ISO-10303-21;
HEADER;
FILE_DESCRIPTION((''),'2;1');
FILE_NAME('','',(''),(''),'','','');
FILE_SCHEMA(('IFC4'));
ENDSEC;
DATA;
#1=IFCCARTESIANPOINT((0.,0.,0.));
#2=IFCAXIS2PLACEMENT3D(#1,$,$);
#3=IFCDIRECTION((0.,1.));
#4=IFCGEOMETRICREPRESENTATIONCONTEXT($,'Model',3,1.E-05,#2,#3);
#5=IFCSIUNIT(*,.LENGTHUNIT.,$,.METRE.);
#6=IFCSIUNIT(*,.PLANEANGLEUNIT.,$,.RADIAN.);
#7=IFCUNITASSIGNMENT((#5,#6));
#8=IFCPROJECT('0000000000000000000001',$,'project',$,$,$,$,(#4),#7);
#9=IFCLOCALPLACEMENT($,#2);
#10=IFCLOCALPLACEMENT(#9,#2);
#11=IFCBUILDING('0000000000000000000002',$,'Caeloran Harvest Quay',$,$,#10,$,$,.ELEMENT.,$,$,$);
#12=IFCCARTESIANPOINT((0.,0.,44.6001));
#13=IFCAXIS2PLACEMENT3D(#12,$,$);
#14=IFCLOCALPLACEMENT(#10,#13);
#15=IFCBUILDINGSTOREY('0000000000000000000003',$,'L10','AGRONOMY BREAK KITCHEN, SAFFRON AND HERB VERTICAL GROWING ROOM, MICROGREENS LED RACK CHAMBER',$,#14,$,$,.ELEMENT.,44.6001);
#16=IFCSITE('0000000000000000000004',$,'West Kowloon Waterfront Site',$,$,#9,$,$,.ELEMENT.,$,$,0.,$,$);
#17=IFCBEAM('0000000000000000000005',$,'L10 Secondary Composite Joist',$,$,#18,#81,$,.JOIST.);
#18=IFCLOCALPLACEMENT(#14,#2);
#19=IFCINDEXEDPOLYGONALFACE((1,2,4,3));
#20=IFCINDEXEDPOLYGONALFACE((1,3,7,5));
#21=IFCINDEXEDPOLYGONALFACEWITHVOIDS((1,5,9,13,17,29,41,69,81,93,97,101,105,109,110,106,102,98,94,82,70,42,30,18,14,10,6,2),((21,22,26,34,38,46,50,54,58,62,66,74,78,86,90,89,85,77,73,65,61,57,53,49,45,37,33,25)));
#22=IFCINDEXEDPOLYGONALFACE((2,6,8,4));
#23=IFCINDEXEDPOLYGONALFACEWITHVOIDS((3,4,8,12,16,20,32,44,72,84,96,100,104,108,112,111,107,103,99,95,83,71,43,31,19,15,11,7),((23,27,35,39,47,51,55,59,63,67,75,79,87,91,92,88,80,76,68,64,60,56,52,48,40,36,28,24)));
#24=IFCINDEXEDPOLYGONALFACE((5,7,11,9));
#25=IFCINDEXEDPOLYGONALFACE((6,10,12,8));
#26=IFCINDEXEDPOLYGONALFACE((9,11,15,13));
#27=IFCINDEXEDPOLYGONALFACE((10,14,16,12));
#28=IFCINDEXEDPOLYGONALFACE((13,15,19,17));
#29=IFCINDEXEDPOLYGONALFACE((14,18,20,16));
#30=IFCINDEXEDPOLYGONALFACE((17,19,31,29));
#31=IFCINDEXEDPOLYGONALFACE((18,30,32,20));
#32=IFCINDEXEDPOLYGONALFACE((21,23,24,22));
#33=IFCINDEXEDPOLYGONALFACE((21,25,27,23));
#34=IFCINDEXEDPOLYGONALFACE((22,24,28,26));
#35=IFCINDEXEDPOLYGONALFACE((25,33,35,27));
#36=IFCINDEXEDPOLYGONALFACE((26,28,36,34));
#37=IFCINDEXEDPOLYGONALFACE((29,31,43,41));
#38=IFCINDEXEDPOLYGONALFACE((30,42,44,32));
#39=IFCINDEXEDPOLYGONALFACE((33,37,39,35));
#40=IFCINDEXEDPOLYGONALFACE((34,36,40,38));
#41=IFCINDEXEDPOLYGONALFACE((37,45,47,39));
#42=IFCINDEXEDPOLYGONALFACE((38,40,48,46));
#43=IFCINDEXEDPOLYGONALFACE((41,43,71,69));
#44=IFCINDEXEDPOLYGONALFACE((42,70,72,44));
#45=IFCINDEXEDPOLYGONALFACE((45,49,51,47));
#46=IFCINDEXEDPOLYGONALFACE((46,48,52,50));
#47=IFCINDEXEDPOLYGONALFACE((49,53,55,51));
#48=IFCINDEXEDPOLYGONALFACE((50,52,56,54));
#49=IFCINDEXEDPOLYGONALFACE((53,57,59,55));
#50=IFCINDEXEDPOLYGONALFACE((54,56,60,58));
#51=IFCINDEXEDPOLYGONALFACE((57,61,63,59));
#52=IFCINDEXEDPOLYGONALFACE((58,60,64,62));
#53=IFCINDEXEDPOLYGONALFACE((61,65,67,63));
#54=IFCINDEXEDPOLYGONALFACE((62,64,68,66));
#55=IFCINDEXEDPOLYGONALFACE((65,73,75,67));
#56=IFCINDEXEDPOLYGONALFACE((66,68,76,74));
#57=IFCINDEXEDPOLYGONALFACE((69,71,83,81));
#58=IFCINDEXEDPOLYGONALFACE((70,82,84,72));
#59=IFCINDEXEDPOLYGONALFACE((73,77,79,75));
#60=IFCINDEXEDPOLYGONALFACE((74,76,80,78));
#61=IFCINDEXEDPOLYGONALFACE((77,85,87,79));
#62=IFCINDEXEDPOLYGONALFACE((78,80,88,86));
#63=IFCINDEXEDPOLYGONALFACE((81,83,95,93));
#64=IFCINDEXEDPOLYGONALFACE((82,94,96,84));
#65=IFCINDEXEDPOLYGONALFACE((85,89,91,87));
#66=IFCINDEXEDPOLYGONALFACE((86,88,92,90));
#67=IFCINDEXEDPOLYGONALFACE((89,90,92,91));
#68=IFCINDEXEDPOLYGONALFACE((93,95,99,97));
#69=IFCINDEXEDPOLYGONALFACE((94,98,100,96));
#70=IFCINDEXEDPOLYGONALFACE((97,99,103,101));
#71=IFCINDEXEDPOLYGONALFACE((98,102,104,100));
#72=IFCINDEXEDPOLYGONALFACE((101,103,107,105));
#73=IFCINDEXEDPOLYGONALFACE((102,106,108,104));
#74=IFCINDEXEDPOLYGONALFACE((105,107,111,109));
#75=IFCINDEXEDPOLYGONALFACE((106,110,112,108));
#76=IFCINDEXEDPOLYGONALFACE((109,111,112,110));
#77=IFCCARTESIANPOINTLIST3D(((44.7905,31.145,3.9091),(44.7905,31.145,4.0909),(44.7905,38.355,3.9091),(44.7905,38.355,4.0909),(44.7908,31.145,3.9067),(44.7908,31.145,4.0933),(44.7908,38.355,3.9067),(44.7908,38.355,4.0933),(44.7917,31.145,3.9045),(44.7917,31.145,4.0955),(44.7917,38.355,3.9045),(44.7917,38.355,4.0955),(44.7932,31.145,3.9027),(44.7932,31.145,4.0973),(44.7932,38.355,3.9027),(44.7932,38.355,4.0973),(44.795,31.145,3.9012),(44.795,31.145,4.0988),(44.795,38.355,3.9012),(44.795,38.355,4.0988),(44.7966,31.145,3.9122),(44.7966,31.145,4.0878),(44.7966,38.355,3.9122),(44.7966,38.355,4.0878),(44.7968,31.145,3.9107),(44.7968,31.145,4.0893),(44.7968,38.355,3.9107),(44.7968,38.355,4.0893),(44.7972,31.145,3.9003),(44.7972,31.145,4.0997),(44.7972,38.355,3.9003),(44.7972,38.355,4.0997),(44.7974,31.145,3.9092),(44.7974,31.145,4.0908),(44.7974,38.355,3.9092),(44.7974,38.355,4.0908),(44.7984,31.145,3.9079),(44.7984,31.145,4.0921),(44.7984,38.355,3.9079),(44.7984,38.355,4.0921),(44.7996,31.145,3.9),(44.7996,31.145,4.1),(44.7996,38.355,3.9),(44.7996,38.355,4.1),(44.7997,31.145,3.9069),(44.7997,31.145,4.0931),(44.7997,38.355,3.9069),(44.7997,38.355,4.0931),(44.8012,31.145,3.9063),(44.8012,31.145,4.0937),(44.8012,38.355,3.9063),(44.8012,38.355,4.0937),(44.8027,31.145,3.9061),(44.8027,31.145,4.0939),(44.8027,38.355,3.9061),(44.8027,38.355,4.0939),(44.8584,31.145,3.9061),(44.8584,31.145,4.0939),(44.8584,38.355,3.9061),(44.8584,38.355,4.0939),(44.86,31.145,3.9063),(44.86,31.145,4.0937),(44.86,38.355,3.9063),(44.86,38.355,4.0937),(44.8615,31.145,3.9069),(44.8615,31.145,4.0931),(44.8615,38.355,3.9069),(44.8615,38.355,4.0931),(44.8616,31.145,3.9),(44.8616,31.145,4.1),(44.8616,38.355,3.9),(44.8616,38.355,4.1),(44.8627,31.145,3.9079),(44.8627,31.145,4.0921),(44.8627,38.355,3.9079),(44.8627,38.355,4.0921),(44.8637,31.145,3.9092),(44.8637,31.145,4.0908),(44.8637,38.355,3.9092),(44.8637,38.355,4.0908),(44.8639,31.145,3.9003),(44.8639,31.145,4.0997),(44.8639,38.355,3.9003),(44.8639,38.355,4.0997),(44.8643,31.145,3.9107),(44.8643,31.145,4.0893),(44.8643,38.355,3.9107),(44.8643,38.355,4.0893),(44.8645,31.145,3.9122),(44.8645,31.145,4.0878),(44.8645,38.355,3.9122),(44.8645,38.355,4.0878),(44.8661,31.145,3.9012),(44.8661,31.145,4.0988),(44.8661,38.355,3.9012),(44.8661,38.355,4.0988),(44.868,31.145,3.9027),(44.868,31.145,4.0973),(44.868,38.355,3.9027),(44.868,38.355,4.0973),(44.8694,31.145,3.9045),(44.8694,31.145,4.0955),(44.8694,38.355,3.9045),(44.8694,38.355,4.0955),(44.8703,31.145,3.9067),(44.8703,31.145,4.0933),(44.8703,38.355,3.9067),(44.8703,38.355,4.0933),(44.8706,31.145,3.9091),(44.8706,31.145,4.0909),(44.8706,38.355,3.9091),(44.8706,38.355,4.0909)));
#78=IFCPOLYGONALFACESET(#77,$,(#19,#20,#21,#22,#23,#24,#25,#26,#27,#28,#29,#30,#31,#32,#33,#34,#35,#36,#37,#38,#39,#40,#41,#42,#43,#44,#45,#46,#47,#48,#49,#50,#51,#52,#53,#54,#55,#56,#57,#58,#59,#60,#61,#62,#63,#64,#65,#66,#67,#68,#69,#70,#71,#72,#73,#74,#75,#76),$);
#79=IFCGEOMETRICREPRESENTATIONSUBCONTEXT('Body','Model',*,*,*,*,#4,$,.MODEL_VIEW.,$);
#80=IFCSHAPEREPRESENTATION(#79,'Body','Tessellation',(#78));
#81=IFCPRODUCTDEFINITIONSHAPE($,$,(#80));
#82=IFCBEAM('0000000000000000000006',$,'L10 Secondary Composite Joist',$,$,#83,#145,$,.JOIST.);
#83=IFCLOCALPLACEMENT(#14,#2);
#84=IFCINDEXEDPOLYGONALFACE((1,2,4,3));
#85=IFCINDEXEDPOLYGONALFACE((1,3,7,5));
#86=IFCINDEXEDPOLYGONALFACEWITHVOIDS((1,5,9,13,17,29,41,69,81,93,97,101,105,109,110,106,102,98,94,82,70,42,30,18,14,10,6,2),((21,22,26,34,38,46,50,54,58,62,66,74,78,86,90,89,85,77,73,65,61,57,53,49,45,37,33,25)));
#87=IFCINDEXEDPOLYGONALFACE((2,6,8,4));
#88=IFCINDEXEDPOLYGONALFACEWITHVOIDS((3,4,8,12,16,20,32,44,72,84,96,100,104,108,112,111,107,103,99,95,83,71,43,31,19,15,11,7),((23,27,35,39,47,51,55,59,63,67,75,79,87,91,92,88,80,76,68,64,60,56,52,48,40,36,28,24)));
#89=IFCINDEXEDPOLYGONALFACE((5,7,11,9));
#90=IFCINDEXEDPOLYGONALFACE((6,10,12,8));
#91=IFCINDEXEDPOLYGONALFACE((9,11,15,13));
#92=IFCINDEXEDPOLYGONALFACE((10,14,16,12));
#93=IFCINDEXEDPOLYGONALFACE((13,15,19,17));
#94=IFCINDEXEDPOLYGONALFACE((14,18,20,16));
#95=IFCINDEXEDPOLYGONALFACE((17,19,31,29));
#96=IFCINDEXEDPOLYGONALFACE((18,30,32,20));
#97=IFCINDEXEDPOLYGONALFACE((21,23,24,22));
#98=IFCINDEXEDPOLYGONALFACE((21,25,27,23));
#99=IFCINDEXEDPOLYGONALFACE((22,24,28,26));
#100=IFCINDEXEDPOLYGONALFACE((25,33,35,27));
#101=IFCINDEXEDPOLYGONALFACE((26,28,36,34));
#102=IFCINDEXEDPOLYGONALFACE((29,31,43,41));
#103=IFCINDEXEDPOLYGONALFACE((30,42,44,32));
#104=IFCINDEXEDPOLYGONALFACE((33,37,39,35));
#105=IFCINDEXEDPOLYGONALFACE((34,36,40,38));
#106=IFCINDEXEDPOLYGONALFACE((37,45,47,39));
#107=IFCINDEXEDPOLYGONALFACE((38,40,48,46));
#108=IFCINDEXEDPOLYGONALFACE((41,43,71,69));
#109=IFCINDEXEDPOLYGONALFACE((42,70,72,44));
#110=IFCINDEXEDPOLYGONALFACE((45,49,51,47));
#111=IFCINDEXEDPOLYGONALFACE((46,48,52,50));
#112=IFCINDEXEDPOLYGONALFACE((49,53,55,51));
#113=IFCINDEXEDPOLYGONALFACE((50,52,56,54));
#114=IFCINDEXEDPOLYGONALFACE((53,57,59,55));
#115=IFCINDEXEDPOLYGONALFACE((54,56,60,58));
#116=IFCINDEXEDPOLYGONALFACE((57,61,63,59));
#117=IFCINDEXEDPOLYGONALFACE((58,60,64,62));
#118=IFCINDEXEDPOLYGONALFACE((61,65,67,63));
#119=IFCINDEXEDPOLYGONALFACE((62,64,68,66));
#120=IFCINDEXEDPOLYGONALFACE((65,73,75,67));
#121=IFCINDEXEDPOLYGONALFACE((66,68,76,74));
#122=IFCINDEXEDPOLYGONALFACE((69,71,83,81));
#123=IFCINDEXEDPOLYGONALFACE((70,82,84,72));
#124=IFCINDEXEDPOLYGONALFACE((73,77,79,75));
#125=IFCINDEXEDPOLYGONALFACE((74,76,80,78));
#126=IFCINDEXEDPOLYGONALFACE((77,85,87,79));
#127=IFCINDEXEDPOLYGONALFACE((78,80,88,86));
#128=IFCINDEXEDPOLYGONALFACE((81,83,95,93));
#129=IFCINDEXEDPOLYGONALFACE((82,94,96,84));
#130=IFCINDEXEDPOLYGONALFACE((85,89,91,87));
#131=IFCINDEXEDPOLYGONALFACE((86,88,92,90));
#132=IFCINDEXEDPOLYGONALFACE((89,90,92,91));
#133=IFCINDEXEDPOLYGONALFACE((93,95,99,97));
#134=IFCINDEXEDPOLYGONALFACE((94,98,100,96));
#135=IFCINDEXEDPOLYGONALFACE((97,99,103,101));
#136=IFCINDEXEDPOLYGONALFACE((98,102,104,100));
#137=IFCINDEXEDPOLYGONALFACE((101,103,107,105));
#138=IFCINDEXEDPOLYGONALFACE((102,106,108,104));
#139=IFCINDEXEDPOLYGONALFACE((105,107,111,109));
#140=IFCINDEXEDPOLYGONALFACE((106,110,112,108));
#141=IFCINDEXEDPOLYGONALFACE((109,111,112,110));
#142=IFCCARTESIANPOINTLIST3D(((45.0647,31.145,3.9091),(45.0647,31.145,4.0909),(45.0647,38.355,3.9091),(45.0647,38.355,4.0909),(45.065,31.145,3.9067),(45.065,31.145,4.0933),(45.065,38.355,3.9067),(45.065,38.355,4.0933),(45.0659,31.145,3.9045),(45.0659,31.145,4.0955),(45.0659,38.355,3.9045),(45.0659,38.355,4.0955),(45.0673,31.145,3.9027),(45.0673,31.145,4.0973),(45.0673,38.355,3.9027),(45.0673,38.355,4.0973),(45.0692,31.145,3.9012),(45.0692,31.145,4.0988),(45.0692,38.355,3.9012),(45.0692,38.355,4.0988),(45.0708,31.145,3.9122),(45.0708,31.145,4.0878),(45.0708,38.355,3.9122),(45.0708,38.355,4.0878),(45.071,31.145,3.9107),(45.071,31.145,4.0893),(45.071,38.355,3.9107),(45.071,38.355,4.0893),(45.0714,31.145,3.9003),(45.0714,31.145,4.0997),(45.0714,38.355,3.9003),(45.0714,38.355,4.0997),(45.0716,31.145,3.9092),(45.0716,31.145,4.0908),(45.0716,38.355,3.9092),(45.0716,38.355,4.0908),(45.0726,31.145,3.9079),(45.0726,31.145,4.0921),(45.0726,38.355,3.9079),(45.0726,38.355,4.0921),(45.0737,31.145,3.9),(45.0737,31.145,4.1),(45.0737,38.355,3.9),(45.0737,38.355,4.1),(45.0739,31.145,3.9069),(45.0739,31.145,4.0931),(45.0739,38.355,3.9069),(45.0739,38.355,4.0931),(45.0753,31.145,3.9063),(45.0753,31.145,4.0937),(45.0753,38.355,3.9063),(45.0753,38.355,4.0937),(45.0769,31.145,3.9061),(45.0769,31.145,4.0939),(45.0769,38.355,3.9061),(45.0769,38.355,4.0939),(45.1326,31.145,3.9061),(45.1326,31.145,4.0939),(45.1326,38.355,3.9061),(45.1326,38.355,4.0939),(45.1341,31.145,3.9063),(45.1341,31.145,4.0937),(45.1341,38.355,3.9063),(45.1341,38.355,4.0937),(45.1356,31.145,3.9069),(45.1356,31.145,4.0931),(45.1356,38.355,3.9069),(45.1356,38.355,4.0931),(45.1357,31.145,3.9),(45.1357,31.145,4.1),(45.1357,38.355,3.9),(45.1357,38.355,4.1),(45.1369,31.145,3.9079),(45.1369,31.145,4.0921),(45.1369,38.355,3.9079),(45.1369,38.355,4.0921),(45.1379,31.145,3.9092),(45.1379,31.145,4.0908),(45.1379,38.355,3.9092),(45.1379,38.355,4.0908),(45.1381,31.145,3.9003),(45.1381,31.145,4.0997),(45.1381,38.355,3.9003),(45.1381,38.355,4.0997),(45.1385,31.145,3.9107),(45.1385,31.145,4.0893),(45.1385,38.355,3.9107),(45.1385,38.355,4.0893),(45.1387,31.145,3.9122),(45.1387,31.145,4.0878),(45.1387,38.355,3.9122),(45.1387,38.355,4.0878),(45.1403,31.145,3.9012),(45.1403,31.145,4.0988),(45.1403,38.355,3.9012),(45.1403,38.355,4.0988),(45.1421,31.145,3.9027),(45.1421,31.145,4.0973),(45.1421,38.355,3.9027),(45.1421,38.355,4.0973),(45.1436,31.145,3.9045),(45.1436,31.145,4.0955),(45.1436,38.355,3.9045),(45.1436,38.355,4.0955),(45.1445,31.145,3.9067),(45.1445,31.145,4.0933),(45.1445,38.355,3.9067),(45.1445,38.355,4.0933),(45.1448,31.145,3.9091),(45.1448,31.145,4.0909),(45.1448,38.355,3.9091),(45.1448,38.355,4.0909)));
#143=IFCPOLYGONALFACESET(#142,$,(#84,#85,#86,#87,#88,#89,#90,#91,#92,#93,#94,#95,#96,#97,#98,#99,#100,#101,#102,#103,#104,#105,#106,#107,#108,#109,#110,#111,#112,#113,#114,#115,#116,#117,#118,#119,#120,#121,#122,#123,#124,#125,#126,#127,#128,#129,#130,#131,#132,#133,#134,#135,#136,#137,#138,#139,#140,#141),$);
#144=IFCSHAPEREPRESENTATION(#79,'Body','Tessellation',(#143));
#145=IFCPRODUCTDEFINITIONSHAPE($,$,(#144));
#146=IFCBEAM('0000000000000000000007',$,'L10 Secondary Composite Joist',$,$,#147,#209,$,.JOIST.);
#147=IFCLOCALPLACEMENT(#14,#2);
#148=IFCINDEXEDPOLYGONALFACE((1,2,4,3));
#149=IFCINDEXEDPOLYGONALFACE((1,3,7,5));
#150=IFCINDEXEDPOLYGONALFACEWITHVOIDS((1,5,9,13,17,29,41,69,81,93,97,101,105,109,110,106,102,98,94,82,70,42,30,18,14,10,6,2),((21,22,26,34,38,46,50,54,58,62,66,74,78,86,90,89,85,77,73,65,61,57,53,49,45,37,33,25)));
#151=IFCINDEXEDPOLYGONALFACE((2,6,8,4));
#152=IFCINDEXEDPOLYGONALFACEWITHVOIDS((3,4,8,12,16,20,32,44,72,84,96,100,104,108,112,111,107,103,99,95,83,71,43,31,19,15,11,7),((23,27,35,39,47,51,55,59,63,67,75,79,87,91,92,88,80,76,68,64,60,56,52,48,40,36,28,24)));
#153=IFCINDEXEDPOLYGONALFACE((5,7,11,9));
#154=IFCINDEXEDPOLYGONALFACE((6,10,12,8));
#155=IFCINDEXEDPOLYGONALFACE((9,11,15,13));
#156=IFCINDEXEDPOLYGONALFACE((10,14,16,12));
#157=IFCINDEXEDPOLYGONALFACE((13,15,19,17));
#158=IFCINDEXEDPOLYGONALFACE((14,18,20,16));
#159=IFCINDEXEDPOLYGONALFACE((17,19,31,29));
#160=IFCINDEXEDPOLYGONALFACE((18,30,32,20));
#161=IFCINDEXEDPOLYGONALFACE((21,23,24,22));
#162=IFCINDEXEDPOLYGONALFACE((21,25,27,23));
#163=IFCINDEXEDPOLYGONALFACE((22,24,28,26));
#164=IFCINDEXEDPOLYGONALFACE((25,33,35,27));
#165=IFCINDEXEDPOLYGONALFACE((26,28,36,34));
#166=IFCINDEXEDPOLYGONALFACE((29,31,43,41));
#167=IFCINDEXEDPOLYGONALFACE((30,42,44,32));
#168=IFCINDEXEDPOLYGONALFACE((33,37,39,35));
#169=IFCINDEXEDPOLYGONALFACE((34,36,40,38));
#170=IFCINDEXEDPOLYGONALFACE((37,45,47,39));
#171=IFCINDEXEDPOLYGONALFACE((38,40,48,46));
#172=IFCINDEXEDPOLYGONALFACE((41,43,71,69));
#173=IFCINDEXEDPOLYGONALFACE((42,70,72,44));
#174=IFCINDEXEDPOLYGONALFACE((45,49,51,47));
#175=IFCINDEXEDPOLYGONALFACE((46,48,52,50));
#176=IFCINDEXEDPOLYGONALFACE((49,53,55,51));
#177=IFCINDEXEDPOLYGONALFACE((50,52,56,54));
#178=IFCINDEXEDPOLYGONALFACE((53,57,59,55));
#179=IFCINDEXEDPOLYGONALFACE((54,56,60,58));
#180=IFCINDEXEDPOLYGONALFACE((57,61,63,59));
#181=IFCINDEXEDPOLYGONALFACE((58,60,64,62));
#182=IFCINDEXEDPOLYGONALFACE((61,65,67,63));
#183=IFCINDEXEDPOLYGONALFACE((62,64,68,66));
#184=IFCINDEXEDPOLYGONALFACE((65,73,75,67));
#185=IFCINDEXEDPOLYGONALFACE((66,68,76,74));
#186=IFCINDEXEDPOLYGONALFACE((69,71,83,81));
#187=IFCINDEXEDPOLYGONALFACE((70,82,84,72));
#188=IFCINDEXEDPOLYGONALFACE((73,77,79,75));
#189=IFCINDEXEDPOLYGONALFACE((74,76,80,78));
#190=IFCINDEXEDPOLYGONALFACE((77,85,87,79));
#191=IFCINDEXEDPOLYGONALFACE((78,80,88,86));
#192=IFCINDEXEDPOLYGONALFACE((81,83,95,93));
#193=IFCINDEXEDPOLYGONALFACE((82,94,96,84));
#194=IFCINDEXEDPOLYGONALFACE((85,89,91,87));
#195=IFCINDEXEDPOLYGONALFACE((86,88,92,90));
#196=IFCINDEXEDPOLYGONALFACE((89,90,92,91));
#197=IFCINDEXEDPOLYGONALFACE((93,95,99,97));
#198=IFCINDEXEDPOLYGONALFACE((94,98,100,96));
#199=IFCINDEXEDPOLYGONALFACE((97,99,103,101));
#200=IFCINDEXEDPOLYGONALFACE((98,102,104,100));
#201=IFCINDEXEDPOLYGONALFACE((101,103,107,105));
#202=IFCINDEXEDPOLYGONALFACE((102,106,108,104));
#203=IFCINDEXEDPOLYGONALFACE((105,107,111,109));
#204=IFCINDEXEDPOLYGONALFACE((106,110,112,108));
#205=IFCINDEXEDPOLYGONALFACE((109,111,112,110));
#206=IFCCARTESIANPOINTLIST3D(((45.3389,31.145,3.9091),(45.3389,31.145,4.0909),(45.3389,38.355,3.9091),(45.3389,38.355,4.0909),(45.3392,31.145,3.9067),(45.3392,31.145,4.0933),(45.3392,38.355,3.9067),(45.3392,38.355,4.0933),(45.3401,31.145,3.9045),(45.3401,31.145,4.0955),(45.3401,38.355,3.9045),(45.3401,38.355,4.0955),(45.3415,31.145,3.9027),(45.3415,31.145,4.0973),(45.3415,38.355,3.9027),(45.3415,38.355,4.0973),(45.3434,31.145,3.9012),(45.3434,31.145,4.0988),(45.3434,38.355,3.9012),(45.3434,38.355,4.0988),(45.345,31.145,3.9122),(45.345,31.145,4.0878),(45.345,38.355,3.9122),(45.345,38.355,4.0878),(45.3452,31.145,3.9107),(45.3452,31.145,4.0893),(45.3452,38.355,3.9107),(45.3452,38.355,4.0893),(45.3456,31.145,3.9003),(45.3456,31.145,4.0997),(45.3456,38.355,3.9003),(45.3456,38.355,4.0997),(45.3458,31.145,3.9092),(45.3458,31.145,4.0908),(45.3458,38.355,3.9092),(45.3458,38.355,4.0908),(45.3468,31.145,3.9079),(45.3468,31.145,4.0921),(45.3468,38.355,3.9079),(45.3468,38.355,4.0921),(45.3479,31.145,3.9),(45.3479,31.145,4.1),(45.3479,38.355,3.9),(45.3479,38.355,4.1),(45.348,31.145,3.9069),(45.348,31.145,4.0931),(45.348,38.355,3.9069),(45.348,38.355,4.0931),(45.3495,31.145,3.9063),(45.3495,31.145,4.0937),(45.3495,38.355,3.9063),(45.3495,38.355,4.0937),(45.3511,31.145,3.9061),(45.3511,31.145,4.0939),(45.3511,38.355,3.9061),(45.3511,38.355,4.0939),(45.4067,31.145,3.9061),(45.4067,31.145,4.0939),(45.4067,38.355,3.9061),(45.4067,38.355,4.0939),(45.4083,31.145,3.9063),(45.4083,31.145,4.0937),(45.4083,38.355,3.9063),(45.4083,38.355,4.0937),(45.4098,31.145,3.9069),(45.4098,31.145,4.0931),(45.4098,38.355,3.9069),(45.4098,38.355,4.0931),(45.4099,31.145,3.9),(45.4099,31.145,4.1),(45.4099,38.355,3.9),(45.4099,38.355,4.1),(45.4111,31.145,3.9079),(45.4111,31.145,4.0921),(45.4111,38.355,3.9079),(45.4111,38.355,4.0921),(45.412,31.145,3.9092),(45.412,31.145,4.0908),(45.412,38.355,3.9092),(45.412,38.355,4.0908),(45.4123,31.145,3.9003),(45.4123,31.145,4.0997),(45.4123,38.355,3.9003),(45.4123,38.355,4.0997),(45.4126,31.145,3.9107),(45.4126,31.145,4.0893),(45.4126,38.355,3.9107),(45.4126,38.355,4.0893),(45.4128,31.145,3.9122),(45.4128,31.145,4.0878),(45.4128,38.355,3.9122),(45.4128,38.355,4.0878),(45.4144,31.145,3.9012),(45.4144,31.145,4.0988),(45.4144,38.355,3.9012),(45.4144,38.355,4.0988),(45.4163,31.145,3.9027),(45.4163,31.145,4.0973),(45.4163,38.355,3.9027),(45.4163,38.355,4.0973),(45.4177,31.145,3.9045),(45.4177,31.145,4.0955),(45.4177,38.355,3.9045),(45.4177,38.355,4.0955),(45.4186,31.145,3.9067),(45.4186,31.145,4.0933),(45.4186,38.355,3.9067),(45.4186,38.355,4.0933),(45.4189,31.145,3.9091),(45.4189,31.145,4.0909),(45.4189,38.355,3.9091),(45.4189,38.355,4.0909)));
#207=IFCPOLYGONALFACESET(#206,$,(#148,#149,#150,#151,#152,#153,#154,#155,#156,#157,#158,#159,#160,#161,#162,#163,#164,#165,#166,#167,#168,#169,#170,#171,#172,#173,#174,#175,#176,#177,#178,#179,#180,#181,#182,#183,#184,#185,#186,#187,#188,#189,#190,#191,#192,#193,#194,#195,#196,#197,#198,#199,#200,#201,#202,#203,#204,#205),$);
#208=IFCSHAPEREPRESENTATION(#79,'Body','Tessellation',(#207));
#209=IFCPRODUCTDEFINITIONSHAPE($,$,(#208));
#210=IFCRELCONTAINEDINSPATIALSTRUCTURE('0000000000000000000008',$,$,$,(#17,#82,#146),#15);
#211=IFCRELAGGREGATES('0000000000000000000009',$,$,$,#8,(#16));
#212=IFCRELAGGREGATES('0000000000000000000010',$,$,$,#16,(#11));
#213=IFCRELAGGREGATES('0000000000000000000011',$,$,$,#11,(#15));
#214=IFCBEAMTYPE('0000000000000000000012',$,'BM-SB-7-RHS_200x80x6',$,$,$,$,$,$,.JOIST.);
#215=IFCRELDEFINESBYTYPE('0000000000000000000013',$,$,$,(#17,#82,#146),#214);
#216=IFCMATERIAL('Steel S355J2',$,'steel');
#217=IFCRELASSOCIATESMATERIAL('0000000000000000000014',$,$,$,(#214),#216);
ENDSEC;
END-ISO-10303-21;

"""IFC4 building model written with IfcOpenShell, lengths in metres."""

from ifc_helpers import new_model, si_unit, direction, frame, origin, origin_2d, place, context, subcontext, project, spatial, hollow_rectangle, extrude, material, material_profile, profile_set, type_object, element, save


model = new_model("IFC4")

# Units and contexts
model_context = context("Model", 3, precision=1e-05, world=origin(), true_north=direction((0.0, 1.0)))
body_context = subcontext(model_context, "Body", "Model", "MODEL_VIEW")
ifc_project = project(units=[si_unit("LENGTHUNIT", "METRE"), si_unit("PLANEANGLEUNIT", "RADIAN")], contexts=[model_context])

# Site, building, storey
site_placement = place(None, origin())
site = spatial("IfcSite", under=ifc_project, at=site_placement, Name="West Kowloon Waterfront Site", CompositionType="ELEMENT", RefElevation=0.0)
building_placement = place(site_placement, origin())
building = spatial("IfcBuilding", under=site, at=building_placement, Name="Caeloran Harvest Quay", CompositionType="ELEMENT")
storey_placement = place(building_placement, frame((0.0, 0.0, 44.6001)))
storey = spatial("IfcBuildingStorey", under=building, at=storey_placement, Name="L10", Description="AGRONOMY BREAK KITCHEN, SAFFRON AND HERB VERTICAL GROWING ROOM, MICROGREENS LED RACK CHAMBER", CompositionType="ELEMENT", Elevation=44.6001)

# Beams
ifc_material_1 = material(Name="Steel S355J2", Category="steel")
ifc_material_profile_1 = material_profile(ifc_material_1, hollow_rectangle(XDim=0.0801, YDim=0.2, WallThickness=0.0061, InnerFilletRadius=0.0061, OuterFilletRadius=0.009, at=origin_2d()), Name="RHS 200x80x6")
ifc_profile_set_1 = profile_set([ifc_material_profile_1], Name="Steel S355J2")
beam_type_1 = type_object("IfcBeamType", Name="BM-SB-7-RHS_200x80x6", PredefinedType="JOIST", material=ifc_profile_set_1)
for number, where, z_axis, x_axis, name in (
    (1, (44.8306, 31.145, 4.0), (0.0, 1.0, 0.0), (-1.0, 0.0, 0.0), "L10 Secondary Composite Joist"),
    (2, (45.1047, 31.145, 4.0), (0.0, 1.0, 0.0), (-1.0, 0.0, 0.0), "L10 Secondary Composite Joist"),
    (3, (45.3789, 31.145, 4.0), (0.0, 1.0, 0.0), (-1.0, 0.0, 0.0), "L10 Secondary Composite Joist"),
):
    element("IfcBeam", number, at=place(storey_placement, frame(where, z_axis=z_axis, x_axis=x_axis)), inside=storey, type_object=beam_type_1, Name=name, PredefinedType="JOIST", context=body_context, shape_type="SweptSolid", body=[
        extrude(hollow_rectangle(XDim=0.0801, YDim=0.2, WallThickness=0.0061, InnerFilletRadius=0.0061, OuterFilletRadius=0.009, at=origin_2d()), origin(), (0.0, 0.0, 1.0), 7.21),
    ])

save(model, "model.ifc")
